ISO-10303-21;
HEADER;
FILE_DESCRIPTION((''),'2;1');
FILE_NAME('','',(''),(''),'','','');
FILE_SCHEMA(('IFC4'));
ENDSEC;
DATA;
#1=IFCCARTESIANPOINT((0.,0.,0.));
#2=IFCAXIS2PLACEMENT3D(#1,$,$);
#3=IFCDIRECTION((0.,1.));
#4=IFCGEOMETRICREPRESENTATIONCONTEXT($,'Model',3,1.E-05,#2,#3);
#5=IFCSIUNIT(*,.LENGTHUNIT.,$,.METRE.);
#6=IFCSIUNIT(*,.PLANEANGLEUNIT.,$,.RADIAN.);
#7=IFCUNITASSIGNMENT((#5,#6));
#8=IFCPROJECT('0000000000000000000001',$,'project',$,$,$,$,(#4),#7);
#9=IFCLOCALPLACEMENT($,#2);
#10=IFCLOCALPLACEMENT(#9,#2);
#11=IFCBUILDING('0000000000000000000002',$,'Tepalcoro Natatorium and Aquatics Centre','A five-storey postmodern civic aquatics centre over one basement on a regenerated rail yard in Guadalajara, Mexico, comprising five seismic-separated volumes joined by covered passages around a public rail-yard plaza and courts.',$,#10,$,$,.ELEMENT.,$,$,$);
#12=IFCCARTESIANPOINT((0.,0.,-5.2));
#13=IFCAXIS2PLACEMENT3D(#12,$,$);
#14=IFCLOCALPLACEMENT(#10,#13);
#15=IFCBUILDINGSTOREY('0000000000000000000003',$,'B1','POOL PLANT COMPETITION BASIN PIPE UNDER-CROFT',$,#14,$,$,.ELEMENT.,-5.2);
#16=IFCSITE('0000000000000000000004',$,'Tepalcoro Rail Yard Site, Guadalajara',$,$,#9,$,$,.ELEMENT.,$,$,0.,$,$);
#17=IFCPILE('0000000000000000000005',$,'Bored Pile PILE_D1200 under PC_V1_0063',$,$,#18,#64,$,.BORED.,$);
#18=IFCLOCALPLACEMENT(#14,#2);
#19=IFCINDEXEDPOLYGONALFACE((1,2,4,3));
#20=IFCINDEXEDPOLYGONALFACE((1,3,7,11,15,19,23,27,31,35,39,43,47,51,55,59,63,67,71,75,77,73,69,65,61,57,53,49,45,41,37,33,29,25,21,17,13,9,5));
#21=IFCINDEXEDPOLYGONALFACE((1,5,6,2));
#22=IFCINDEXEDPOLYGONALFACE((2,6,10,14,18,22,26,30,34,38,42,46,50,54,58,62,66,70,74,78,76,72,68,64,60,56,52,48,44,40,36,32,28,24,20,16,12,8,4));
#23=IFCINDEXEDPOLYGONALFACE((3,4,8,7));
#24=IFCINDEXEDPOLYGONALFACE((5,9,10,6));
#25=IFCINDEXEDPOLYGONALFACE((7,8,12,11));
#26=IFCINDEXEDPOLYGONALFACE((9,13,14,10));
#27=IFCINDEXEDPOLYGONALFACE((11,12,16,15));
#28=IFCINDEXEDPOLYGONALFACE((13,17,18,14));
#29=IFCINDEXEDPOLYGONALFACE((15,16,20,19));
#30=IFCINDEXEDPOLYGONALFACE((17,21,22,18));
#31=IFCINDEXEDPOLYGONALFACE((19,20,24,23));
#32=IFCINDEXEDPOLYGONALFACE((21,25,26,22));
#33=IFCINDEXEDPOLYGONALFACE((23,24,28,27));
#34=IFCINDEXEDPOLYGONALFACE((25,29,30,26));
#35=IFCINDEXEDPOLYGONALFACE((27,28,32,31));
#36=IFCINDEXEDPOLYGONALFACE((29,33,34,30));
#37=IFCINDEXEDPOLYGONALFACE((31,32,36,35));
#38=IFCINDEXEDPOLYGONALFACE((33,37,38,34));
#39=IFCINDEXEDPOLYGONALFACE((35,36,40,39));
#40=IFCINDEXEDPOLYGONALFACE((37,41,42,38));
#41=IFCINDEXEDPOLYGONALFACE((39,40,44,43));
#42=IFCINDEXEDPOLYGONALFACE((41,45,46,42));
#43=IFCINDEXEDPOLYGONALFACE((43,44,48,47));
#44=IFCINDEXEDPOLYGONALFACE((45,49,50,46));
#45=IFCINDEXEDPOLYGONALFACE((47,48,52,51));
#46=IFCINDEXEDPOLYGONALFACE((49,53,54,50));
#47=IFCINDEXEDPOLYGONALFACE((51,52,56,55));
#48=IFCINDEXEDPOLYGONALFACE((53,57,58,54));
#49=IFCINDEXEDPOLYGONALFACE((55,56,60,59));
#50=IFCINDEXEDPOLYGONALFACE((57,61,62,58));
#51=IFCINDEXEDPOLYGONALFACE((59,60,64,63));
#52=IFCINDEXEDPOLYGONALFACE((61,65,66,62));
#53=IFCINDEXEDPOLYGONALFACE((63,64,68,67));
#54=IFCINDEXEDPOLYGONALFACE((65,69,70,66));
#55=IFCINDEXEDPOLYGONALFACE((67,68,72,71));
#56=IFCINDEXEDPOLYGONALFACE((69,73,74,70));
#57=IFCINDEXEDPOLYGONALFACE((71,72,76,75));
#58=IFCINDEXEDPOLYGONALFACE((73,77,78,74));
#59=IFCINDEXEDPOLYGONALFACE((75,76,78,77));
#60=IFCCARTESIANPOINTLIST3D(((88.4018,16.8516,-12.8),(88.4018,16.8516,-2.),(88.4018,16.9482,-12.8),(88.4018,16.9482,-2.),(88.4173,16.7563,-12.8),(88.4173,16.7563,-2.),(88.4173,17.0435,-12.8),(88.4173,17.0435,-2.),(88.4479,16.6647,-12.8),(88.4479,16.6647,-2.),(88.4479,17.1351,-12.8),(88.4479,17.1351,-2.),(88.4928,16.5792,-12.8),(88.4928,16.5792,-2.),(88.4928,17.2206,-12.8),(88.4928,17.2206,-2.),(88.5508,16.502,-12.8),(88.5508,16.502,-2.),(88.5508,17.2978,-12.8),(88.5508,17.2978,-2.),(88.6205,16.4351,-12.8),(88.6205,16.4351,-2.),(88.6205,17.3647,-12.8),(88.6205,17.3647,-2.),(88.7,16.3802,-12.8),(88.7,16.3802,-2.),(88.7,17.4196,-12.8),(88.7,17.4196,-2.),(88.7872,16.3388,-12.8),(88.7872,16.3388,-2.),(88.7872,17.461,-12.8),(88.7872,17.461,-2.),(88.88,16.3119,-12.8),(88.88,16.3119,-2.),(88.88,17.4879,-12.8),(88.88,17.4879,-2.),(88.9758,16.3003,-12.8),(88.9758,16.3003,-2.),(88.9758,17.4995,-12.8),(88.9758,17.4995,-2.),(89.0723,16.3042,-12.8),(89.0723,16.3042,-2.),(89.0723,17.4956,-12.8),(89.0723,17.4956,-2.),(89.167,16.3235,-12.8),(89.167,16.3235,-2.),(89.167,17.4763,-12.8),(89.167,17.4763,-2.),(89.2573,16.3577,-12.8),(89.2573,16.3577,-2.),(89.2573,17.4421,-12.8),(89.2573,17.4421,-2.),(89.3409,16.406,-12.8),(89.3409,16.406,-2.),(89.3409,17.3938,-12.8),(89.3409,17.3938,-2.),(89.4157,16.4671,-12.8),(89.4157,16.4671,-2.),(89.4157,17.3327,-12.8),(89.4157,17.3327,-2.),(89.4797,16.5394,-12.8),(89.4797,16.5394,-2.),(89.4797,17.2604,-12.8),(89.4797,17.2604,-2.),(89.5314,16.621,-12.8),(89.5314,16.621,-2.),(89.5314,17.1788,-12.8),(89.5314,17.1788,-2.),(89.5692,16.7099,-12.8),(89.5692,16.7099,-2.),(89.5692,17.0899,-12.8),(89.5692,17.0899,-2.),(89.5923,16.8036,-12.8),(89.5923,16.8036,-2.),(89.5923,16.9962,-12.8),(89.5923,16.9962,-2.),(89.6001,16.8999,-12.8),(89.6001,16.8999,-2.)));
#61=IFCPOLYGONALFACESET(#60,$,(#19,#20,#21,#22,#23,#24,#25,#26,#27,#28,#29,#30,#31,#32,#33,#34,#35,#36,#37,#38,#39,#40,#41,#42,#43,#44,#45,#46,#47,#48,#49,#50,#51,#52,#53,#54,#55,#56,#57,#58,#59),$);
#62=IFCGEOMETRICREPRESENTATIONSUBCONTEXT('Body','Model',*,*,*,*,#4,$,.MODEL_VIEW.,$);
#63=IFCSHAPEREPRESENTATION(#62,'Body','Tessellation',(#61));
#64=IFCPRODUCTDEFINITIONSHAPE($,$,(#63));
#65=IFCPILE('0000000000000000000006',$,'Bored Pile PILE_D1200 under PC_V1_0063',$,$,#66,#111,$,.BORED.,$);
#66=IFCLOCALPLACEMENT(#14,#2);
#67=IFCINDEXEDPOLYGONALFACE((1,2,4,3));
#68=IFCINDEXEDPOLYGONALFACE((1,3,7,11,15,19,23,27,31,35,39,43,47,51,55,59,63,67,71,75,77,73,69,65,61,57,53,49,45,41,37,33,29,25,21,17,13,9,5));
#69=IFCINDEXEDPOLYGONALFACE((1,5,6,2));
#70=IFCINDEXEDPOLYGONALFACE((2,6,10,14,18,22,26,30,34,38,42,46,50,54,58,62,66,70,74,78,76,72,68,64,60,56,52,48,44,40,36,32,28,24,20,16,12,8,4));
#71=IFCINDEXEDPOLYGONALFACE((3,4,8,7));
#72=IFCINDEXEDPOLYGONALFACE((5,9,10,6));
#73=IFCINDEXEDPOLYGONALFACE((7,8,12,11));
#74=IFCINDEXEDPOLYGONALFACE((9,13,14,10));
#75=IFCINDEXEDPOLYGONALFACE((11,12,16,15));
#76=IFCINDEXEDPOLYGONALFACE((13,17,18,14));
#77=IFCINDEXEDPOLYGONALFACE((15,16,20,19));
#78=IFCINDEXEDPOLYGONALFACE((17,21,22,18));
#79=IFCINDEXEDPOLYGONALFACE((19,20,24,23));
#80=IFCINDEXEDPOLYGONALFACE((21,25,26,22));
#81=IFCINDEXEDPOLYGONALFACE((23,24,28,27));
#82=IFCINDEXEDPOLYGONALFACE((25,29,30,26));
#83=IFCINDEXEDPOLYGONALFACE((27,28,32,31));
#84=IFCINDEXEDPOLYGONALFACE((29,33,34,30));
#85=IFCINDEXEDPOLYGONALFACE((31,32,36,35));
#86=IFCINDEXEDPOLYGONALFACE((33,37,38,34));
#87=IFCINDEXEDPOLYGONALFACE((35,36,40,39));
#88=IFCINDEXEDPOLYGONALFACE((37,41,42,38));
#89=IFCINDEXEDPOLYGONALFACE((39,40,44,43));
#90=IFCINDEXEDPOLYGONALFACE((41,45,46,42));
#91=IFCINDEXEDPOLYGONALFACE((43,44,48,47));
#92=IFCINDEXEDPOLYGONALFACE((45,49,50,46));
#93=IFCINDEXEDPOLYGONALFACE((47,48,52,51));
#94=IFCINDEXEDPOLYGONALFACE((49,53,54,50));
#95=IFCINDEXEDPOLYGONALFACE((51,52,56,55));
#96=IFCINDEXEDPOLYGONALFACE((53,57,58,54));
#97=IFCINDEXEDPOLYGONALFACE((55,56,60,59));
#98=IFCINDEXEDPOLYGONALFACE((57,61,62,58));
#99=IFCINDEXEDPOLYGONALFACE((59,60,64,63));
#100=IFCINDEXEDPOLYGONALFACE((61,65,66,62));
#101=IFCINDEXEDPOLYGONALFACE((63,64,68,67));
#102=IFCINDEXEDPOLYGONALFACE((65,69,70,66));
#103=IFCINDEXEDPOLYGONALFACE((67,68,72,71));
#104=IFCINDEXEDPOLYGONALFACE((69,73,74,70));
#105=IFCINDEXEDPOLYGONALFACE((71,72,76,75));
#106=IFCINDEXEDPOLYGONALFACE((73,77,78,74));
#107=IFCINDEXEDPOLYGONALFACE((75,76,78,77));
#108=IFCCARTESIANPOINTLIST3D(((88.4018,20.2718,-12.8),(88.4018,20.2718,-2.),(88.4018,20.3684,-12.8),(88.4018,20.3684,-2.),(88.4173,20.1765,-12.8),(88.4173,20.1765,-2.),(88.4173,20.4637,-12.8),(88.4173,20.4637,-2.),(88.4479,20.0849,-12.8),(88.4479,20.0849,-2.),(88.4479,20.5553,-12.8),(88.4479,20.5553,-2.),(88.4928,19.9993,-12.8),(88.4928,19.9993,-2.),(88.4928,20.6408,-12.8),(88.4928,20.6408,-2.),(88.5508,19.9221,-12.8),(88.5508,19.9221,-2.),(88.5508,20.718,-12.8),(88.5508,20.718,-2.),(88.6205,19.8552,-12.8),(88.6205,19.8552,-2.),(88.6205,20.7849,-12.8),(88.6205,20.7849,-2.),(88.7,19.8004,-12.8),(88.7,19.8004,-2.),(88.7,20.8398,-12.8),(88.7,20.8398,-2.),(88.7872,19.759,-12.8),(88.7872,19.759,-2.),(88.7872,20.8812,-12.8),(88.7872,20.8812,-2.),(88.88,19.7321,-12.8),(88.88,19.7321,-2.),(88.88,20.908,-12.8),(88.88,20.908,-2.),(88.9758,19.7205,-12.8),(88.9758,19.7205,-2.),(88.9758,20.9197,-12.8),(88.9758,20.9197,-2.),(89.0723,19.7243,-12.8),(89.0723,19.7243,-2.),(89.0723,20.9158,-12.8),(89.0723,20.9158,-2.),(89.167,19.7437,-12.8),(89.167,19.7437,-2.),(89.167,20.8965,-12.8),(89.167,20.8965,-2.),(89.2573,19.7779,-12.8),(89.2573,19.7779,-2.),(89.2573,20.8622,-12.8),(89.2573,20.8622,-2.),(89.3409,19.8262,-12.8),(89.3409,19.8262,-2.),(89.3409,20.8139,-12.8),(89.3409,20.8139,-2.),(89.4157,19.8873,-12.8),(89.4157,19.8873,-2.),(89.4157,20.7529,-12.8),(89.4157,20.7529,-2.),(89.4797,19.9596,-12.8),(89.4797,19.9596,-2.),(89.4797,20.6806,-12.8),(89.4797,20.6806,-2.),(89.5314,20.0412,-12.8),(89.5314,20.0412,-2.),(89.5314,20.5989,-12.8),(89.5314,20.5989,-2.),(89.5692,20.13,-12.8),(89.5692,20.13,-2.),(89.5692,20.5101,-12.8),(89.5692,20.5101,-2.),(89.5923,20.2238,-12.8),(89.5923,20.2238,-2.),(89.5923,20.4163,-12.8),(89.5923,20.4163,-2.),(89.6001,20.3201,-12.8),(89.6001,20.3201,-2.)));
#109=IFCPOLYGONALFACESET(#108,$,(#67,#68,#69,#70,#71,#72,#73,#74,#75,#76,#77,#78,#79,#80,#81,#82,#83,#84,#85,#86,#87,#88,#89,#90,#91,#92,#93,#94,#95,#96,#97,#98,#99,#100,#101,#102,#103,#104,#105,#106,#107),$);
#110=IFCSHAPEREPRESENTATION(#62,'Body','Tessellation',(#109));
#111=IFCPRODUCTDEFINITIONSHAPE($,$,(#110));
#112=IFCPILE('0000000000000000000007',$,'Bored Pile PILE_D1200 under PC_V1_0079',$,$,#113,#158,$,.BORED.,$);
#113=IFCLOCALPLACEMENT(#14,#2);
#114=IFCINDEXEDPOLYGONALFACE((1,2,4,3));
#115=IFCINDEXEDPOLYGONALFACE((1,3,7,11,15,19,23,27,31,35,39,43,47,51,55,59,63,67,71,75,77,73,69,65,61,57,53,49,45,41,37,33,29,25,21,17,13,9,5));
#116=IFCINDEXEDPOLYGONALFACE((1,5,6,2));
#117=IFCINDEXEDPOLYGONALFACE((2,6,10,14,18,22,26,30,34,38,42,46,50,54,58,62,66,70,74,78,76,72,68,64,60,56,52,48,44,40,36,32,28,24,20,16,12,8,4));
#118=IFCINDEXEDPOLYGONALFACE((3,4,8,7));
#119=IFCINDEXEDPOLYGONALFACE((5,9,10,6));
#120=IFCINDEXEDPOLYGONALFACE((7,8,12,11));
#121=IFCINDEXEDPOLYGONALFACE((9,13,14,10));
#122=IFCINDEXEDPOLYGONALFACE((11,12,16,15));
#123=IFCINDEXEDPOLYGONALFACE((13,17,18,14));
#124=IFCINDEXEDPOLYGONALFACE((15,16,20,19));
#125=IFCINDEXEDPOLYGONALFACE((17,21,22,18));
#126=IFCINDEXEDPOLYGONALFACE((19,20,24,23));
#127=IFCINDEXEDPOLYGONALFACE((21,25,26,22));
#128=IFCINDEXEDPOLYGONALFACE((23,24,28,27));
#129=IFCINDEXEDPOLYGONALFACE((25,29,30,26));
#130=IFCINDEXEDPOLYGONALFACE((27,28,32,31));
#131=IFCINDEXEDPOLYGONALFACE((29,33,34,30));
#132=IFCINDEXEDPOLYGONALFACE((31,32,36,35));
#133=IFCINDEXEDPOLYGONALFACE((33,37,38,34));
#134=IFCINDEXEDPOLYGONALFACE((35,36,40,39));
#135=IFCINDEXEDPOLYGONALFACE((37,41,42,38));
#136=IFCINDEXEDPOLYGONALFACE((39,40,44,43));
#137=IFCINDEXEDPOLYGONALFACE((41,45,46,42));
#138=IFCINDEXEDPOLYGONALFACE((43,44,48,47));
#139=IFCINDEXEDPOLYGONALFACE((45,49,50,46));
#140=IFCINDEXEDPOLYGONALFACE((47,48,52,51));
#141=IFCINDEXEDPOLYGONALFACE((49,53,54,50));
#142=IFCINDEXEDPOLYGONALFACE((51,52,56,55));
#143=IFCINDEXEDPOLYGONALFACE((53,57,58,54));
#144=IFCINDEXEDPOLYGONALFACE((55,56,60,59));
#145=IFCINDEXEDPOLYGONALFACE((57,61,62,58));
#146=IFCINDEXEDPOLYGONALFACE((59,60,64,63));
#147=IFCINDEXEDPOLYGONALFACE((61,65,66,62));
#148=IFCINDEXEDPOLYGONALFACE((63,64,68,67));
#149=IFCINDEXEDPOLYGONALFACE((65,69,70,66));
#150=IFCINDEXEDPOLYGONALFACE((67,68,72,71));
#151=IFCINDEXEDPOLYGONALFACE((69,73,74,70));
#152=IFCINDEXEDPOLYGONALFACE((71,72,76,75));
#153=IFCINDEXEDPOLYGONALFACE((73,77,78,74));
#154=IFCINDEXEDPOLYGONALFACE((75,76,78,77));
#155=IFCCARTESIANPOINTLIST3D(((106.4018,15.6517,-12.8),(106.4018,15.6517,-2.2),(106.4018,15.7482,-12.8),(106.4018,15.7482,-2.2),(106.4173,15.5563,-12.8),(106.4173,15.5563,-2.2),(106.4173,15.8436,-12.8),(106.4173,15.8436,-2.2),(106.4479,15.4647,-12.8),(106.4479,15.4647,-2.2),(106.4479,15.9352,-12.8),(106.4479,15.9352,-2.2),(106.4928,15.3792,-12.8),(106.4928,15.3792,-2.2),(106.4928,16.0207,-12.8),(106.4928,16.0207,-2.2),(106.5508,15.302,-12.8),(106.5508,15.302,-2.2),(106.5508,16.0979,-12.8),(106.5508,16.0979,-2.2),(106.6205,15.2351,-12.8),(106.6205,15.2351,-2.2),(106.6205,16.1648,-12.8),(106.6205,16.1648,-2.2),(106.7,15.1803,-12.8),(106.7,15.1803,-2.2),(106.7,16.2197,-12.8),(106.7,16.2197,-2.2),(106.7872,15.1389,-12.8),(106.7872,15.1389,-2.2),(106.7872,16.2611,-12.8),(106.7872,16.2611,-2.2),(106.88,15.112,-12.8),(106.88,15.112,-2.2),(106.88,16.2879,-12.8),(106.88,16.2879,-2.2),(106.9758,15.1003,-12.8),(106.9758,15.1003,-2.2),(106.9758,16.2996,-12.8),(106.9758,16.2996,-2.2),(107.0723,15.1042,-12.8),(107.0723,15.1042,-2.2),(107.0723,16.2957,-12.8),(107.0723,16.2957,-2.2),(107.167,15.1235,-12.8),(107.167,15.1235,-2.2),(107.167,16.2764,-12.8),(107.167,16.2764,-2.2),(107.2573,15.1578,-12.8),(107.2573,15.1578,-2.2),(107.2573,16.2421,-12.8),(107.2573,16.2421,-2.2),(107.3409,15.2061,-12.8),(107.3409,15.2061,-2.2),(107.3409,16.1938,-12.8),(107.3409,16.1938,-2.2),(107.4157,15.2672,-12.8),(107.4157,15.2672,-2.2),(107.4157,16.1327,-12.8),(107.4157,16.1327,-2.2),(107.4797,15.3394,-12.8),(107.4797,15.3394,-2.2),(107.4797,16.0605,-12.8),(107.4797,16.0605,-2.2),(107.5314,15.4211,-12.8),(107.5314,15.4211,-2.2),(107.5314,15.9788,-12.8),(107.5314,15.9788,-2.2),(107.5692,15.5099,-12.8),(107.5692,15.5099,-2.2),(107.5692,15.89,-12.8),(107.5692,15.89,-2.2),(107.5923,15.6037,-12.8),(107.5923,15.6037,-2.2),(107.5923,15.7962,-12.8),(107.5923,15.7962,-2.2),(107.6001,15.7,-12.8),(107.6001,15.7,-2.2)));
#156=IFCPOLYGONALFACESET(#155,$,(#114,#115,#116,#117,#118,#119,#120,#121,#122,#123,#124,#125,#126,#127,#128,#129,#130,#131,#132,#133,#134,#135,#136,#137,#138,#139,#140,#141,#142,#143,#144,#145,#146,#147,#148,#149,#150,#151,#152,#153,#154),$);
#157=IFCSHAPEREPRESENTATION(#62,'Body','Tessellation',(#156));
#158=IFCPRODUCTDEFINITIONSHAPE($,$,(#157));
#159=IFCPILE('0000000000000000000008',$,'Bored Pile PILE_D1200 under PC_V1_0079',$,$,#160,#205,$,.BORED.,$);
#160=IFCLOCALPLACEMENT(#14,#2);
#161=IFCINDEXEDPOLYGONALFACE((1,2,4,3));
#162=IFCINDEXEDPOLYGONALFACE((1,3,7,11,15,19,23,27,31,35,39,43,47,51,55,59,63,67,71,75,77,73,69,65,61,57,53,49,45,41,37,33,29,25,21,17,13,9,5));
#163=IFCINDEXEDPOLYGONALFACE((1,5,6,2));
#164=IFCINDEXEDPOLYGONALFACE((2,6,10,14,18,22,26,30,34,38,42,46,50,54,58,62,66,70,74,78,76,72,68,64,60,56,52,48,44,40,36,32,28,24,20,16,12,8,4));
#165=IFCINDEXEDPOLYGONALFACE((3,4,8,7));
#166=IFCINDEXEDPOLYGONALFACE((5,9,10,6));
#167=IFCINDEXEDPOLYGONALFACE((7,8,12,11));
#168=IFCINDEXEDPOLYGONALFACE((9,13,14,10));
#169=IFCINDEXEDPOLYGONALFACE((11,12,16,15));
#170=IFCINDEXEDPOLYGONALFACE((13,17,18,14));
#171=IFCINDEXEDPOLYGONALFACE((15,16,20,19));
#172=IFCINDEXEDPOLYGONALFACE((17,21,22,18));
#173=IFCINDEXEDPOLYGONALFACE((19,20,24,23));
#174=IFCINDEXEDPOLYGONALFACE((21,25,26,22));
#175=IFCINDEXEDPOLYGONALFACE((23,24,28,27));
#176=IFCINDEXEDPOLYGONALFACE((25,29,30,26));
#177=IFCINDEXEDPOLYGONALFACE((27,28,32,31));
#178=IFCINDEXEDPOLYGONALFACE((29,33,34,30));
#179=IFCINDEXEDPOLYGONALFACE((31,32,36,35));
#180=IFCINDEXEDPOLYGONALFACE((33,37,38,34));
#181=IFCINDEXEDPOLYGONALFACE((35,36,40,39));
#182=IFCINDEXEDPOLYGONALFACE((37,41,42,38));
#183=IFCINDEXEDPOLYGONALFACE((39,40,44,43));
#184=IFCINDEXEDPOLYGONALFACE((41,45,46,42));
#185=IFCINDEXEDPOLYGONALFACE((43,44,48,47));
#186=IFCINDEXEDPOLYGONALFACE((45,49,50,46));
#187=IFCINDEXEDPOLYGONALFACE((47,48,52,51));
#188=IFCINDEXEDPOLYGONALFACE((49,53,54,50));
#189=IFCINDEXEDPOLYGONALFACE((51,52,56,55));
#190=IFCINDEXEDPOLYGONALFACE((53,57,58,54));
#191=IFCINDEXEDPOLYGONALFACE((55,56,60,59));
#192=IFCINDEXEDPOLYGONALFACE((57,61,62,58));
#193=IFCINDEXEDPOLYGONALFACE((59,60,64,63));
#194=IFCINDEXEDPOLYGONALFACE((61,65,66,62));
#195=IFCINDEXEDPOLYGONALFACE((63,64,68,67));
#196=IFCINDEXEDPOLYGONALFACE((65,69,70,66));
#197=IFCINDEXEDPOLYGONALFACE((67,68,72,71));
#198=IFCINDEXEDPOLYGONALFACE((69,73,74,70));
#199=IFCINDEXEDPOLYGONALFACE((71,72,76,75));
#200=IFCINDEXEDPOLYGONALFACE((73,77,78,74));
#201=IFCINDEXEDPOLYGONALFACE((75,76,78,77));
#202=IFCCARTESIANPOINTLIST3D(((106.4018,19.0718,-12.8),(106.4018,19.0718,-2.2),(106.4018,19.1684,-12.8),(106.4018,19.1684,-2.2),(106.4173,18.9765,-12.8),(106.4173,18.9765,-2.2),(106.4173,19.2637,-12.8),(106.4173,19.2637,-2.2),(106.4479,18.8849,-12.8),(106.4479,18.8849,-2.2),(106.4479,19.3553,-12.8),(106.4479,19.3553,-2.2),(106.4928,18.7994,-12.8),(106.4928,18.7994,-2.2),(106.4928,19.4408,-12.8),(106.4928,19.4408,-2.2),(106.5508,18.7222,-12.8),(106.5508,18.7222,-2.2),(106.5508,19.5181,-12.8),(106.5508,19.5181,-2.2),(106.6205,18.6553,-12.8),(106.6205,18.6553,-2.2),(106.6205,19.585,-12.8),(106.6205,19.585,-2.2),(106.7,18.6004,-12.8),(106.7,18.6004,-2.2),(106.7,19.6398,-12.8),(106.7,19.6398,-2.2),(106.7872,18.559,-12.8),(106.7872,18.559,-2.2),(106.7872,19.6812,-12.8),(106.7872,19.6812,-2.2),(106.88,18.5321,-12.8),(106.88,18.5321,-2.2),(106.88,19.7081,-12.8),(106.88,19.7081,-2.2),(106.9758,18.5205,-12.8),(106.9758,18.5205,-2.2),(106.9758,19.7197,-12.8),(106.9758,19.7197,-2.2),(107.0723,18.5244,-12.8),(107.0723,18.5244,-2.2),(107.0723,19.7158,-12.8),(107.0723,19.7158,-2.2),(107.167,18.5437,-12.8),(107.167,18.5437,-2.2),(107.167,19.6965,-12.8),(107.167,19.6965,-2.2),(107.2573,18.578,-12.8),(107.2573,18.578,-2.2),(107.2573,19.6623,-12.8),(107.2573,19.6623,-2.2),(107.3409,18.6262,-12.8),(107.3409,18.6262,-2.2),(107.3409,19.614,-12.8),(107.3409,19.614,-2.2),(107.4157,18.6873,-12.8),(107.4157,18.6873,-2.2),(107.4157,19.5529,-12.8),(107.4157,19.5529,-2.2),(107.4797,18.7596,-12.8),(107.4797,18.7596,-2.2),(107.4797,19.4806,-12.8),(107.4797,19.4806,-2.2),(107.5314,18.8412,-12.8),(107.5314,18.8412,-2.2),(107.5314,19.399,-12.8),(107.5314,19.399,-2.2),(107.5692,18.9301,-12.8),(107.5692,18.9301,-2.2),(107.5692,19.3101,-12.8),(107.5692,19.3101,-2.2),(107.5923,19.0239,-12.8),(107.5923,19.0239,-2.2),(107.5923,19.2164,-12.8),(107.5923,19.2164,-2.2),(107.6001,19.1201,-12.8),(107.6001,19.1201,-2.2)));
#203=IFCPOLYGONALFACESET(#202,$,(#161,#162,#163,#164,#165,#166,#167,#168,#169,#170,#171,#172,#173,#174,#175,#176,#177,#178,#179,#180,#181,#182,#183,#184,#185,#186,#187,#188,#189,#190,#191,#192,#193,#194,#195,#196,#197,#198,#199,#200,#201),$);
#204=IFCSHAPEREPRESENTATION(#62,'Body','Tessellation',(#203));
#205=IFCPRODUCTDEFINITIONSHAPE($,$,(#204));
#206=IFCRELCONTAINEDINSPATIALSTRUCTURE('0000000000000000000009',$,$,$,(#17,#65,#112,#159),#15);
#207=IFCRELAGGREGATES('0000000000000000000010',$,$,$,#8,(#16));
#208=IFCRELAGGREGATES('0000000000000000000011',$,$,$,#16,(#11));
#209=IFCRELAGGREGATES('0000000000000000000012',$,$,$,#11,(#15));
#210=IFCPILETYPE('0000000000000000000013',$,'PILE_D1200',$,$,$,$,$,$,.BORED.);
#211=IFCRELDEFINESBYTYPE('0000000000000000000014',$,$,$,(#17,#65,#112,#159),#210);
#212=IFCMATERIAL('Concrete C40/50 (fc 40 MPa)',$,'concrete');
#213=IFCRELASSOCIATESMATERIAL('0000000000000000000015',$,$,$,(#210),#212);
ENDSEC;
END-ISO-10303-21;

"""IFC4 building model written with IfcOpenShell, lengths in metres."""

from ifc_helpers import new_model, si_unit, direction, frame, origin, origin_2d, place, context, subcontext, project, spatial, circle, extrude, material, material_profile, profile_set, type_object, element, save


model = new_model("IFC4")

# Units and contexts
model_context = context("Model", 3, precision=1e-05, world=origin(), true_north=direction((0.0, 1.0)))
body_context = subcontext(model_context, "Body", "Model", "MODEL_VIEW")
ifc_project = project(units=[si_unit("LENGTHUNIT", "METRE"), si_unit("PLANEANGLEUNIT", "RADIAN")], contexts=[model_context])

# Site, building, storey
site_placement = place(None, origin())
site = spatial("IfcSite", under=ifc_project, at=site_placement, Name="Tepalcoro Rail Yard Site, Guadalajara", CompositionType="ELEMENT", RefElevation=0.0)
building_placement = place(site_placement, origin())
building = spatial("IfcBuilding", under=site, at=building_placement, Name="Tepalcoro Natatorium and Aquatics Centre", Description="A five-storey postmodern civic aquatics centre over one basement on a regenerated rail yard in Guadalajara, Mexico, comprising five seismic-separated volumes joined by covered passages around a public rail-yard plaza and courts.", CompositionType="ELEMENT")
storey_placement = place(building_placement, frame((0.0, 0.0, -5.2)))
storey = spatial("IfcBuildingStorey", under=building, at=storey_placement, Name="B1", Description="POOL PLANT COMPETITION BASIN PIPE UNDER-CROFT", CompositionType="ELEMENT", Elevation=-5.2)

# Piles
ifc_material_1 = material(Name="Concrete C40/50 (fc 40 MPa)", Category="concrete")
ifc_material_profile_1 = material_profile(ifc_material_1, circle(Radius=0.6001, at=origin_2d()), Name="PILE_D1200")
ifc_profile_set_1 = profile_set([ifc_material_profile_1], Name="Concrete C40/50 (fc 40 MPa)")
pile_type_1 = type_object("IfcPileType", Name="PILE_D1200", PredefinedType="BORED", material=ifc_profile_set_1)
for number, where, z_axis, x_axis, name in (
    (1, (89.0, 16.8999, -2.0), (0.0, 0.0, -1.0), (1.0, 0.0, 0.0), "Bored Pile PILE_D1200 under PC_V1_0063"),
    (2, (89.0, 20.3201, -2.0), (0.0, 0.0, -1.0), (1.0, 0.0, 0.0), "Bored Pile PILE_D1200 under PC_V1_0063"),
):
    element("IfcPile", number, at=place(storey_placement, frame(where, z_axis=z_axis, x_axis=x_axis)), inside=storey, type_object=pile_type_1, Name=name, PredefinedType="BORED", context=body_context, shape_type="SweptSolid", body=[
        extrude(circle(Radius=0.6001, at=origin_2d()), origin(), (0.0, 0.0, 1.0), 10.8),
    ])
for number, where, z_axis, x_axis, name in (
    (3, (107.0, 15.7, -2.2), (0.0, 0.0, -1.0), (1.0, 0.0, 0.0), "Bored Pile PILE_D1200 under PC_V1_0079"),
    (4, (107.0, 19.1201, -2.2), (0.0, 0.0, -1.0), (1.0, 0.0, 0.0), "Bored Pile PILE_D1200 under PC_V1_0079"),
):
    element("IfcPile", number, at=place(storey_placement, frame(where, z_axis=z_axis, x_axis=x_axis)), inside=storey, type_object=pile_type_1, Name=name, PredefinedType="BORED", context=body_context, shape_type="SweptSolid", body=[
        extrude(circle(Radius=0.6001, at=origin_2d()), origin(), (0.0, 0.0, 1.0), 10.6001),
    ])

save(model, "model.ifc")
